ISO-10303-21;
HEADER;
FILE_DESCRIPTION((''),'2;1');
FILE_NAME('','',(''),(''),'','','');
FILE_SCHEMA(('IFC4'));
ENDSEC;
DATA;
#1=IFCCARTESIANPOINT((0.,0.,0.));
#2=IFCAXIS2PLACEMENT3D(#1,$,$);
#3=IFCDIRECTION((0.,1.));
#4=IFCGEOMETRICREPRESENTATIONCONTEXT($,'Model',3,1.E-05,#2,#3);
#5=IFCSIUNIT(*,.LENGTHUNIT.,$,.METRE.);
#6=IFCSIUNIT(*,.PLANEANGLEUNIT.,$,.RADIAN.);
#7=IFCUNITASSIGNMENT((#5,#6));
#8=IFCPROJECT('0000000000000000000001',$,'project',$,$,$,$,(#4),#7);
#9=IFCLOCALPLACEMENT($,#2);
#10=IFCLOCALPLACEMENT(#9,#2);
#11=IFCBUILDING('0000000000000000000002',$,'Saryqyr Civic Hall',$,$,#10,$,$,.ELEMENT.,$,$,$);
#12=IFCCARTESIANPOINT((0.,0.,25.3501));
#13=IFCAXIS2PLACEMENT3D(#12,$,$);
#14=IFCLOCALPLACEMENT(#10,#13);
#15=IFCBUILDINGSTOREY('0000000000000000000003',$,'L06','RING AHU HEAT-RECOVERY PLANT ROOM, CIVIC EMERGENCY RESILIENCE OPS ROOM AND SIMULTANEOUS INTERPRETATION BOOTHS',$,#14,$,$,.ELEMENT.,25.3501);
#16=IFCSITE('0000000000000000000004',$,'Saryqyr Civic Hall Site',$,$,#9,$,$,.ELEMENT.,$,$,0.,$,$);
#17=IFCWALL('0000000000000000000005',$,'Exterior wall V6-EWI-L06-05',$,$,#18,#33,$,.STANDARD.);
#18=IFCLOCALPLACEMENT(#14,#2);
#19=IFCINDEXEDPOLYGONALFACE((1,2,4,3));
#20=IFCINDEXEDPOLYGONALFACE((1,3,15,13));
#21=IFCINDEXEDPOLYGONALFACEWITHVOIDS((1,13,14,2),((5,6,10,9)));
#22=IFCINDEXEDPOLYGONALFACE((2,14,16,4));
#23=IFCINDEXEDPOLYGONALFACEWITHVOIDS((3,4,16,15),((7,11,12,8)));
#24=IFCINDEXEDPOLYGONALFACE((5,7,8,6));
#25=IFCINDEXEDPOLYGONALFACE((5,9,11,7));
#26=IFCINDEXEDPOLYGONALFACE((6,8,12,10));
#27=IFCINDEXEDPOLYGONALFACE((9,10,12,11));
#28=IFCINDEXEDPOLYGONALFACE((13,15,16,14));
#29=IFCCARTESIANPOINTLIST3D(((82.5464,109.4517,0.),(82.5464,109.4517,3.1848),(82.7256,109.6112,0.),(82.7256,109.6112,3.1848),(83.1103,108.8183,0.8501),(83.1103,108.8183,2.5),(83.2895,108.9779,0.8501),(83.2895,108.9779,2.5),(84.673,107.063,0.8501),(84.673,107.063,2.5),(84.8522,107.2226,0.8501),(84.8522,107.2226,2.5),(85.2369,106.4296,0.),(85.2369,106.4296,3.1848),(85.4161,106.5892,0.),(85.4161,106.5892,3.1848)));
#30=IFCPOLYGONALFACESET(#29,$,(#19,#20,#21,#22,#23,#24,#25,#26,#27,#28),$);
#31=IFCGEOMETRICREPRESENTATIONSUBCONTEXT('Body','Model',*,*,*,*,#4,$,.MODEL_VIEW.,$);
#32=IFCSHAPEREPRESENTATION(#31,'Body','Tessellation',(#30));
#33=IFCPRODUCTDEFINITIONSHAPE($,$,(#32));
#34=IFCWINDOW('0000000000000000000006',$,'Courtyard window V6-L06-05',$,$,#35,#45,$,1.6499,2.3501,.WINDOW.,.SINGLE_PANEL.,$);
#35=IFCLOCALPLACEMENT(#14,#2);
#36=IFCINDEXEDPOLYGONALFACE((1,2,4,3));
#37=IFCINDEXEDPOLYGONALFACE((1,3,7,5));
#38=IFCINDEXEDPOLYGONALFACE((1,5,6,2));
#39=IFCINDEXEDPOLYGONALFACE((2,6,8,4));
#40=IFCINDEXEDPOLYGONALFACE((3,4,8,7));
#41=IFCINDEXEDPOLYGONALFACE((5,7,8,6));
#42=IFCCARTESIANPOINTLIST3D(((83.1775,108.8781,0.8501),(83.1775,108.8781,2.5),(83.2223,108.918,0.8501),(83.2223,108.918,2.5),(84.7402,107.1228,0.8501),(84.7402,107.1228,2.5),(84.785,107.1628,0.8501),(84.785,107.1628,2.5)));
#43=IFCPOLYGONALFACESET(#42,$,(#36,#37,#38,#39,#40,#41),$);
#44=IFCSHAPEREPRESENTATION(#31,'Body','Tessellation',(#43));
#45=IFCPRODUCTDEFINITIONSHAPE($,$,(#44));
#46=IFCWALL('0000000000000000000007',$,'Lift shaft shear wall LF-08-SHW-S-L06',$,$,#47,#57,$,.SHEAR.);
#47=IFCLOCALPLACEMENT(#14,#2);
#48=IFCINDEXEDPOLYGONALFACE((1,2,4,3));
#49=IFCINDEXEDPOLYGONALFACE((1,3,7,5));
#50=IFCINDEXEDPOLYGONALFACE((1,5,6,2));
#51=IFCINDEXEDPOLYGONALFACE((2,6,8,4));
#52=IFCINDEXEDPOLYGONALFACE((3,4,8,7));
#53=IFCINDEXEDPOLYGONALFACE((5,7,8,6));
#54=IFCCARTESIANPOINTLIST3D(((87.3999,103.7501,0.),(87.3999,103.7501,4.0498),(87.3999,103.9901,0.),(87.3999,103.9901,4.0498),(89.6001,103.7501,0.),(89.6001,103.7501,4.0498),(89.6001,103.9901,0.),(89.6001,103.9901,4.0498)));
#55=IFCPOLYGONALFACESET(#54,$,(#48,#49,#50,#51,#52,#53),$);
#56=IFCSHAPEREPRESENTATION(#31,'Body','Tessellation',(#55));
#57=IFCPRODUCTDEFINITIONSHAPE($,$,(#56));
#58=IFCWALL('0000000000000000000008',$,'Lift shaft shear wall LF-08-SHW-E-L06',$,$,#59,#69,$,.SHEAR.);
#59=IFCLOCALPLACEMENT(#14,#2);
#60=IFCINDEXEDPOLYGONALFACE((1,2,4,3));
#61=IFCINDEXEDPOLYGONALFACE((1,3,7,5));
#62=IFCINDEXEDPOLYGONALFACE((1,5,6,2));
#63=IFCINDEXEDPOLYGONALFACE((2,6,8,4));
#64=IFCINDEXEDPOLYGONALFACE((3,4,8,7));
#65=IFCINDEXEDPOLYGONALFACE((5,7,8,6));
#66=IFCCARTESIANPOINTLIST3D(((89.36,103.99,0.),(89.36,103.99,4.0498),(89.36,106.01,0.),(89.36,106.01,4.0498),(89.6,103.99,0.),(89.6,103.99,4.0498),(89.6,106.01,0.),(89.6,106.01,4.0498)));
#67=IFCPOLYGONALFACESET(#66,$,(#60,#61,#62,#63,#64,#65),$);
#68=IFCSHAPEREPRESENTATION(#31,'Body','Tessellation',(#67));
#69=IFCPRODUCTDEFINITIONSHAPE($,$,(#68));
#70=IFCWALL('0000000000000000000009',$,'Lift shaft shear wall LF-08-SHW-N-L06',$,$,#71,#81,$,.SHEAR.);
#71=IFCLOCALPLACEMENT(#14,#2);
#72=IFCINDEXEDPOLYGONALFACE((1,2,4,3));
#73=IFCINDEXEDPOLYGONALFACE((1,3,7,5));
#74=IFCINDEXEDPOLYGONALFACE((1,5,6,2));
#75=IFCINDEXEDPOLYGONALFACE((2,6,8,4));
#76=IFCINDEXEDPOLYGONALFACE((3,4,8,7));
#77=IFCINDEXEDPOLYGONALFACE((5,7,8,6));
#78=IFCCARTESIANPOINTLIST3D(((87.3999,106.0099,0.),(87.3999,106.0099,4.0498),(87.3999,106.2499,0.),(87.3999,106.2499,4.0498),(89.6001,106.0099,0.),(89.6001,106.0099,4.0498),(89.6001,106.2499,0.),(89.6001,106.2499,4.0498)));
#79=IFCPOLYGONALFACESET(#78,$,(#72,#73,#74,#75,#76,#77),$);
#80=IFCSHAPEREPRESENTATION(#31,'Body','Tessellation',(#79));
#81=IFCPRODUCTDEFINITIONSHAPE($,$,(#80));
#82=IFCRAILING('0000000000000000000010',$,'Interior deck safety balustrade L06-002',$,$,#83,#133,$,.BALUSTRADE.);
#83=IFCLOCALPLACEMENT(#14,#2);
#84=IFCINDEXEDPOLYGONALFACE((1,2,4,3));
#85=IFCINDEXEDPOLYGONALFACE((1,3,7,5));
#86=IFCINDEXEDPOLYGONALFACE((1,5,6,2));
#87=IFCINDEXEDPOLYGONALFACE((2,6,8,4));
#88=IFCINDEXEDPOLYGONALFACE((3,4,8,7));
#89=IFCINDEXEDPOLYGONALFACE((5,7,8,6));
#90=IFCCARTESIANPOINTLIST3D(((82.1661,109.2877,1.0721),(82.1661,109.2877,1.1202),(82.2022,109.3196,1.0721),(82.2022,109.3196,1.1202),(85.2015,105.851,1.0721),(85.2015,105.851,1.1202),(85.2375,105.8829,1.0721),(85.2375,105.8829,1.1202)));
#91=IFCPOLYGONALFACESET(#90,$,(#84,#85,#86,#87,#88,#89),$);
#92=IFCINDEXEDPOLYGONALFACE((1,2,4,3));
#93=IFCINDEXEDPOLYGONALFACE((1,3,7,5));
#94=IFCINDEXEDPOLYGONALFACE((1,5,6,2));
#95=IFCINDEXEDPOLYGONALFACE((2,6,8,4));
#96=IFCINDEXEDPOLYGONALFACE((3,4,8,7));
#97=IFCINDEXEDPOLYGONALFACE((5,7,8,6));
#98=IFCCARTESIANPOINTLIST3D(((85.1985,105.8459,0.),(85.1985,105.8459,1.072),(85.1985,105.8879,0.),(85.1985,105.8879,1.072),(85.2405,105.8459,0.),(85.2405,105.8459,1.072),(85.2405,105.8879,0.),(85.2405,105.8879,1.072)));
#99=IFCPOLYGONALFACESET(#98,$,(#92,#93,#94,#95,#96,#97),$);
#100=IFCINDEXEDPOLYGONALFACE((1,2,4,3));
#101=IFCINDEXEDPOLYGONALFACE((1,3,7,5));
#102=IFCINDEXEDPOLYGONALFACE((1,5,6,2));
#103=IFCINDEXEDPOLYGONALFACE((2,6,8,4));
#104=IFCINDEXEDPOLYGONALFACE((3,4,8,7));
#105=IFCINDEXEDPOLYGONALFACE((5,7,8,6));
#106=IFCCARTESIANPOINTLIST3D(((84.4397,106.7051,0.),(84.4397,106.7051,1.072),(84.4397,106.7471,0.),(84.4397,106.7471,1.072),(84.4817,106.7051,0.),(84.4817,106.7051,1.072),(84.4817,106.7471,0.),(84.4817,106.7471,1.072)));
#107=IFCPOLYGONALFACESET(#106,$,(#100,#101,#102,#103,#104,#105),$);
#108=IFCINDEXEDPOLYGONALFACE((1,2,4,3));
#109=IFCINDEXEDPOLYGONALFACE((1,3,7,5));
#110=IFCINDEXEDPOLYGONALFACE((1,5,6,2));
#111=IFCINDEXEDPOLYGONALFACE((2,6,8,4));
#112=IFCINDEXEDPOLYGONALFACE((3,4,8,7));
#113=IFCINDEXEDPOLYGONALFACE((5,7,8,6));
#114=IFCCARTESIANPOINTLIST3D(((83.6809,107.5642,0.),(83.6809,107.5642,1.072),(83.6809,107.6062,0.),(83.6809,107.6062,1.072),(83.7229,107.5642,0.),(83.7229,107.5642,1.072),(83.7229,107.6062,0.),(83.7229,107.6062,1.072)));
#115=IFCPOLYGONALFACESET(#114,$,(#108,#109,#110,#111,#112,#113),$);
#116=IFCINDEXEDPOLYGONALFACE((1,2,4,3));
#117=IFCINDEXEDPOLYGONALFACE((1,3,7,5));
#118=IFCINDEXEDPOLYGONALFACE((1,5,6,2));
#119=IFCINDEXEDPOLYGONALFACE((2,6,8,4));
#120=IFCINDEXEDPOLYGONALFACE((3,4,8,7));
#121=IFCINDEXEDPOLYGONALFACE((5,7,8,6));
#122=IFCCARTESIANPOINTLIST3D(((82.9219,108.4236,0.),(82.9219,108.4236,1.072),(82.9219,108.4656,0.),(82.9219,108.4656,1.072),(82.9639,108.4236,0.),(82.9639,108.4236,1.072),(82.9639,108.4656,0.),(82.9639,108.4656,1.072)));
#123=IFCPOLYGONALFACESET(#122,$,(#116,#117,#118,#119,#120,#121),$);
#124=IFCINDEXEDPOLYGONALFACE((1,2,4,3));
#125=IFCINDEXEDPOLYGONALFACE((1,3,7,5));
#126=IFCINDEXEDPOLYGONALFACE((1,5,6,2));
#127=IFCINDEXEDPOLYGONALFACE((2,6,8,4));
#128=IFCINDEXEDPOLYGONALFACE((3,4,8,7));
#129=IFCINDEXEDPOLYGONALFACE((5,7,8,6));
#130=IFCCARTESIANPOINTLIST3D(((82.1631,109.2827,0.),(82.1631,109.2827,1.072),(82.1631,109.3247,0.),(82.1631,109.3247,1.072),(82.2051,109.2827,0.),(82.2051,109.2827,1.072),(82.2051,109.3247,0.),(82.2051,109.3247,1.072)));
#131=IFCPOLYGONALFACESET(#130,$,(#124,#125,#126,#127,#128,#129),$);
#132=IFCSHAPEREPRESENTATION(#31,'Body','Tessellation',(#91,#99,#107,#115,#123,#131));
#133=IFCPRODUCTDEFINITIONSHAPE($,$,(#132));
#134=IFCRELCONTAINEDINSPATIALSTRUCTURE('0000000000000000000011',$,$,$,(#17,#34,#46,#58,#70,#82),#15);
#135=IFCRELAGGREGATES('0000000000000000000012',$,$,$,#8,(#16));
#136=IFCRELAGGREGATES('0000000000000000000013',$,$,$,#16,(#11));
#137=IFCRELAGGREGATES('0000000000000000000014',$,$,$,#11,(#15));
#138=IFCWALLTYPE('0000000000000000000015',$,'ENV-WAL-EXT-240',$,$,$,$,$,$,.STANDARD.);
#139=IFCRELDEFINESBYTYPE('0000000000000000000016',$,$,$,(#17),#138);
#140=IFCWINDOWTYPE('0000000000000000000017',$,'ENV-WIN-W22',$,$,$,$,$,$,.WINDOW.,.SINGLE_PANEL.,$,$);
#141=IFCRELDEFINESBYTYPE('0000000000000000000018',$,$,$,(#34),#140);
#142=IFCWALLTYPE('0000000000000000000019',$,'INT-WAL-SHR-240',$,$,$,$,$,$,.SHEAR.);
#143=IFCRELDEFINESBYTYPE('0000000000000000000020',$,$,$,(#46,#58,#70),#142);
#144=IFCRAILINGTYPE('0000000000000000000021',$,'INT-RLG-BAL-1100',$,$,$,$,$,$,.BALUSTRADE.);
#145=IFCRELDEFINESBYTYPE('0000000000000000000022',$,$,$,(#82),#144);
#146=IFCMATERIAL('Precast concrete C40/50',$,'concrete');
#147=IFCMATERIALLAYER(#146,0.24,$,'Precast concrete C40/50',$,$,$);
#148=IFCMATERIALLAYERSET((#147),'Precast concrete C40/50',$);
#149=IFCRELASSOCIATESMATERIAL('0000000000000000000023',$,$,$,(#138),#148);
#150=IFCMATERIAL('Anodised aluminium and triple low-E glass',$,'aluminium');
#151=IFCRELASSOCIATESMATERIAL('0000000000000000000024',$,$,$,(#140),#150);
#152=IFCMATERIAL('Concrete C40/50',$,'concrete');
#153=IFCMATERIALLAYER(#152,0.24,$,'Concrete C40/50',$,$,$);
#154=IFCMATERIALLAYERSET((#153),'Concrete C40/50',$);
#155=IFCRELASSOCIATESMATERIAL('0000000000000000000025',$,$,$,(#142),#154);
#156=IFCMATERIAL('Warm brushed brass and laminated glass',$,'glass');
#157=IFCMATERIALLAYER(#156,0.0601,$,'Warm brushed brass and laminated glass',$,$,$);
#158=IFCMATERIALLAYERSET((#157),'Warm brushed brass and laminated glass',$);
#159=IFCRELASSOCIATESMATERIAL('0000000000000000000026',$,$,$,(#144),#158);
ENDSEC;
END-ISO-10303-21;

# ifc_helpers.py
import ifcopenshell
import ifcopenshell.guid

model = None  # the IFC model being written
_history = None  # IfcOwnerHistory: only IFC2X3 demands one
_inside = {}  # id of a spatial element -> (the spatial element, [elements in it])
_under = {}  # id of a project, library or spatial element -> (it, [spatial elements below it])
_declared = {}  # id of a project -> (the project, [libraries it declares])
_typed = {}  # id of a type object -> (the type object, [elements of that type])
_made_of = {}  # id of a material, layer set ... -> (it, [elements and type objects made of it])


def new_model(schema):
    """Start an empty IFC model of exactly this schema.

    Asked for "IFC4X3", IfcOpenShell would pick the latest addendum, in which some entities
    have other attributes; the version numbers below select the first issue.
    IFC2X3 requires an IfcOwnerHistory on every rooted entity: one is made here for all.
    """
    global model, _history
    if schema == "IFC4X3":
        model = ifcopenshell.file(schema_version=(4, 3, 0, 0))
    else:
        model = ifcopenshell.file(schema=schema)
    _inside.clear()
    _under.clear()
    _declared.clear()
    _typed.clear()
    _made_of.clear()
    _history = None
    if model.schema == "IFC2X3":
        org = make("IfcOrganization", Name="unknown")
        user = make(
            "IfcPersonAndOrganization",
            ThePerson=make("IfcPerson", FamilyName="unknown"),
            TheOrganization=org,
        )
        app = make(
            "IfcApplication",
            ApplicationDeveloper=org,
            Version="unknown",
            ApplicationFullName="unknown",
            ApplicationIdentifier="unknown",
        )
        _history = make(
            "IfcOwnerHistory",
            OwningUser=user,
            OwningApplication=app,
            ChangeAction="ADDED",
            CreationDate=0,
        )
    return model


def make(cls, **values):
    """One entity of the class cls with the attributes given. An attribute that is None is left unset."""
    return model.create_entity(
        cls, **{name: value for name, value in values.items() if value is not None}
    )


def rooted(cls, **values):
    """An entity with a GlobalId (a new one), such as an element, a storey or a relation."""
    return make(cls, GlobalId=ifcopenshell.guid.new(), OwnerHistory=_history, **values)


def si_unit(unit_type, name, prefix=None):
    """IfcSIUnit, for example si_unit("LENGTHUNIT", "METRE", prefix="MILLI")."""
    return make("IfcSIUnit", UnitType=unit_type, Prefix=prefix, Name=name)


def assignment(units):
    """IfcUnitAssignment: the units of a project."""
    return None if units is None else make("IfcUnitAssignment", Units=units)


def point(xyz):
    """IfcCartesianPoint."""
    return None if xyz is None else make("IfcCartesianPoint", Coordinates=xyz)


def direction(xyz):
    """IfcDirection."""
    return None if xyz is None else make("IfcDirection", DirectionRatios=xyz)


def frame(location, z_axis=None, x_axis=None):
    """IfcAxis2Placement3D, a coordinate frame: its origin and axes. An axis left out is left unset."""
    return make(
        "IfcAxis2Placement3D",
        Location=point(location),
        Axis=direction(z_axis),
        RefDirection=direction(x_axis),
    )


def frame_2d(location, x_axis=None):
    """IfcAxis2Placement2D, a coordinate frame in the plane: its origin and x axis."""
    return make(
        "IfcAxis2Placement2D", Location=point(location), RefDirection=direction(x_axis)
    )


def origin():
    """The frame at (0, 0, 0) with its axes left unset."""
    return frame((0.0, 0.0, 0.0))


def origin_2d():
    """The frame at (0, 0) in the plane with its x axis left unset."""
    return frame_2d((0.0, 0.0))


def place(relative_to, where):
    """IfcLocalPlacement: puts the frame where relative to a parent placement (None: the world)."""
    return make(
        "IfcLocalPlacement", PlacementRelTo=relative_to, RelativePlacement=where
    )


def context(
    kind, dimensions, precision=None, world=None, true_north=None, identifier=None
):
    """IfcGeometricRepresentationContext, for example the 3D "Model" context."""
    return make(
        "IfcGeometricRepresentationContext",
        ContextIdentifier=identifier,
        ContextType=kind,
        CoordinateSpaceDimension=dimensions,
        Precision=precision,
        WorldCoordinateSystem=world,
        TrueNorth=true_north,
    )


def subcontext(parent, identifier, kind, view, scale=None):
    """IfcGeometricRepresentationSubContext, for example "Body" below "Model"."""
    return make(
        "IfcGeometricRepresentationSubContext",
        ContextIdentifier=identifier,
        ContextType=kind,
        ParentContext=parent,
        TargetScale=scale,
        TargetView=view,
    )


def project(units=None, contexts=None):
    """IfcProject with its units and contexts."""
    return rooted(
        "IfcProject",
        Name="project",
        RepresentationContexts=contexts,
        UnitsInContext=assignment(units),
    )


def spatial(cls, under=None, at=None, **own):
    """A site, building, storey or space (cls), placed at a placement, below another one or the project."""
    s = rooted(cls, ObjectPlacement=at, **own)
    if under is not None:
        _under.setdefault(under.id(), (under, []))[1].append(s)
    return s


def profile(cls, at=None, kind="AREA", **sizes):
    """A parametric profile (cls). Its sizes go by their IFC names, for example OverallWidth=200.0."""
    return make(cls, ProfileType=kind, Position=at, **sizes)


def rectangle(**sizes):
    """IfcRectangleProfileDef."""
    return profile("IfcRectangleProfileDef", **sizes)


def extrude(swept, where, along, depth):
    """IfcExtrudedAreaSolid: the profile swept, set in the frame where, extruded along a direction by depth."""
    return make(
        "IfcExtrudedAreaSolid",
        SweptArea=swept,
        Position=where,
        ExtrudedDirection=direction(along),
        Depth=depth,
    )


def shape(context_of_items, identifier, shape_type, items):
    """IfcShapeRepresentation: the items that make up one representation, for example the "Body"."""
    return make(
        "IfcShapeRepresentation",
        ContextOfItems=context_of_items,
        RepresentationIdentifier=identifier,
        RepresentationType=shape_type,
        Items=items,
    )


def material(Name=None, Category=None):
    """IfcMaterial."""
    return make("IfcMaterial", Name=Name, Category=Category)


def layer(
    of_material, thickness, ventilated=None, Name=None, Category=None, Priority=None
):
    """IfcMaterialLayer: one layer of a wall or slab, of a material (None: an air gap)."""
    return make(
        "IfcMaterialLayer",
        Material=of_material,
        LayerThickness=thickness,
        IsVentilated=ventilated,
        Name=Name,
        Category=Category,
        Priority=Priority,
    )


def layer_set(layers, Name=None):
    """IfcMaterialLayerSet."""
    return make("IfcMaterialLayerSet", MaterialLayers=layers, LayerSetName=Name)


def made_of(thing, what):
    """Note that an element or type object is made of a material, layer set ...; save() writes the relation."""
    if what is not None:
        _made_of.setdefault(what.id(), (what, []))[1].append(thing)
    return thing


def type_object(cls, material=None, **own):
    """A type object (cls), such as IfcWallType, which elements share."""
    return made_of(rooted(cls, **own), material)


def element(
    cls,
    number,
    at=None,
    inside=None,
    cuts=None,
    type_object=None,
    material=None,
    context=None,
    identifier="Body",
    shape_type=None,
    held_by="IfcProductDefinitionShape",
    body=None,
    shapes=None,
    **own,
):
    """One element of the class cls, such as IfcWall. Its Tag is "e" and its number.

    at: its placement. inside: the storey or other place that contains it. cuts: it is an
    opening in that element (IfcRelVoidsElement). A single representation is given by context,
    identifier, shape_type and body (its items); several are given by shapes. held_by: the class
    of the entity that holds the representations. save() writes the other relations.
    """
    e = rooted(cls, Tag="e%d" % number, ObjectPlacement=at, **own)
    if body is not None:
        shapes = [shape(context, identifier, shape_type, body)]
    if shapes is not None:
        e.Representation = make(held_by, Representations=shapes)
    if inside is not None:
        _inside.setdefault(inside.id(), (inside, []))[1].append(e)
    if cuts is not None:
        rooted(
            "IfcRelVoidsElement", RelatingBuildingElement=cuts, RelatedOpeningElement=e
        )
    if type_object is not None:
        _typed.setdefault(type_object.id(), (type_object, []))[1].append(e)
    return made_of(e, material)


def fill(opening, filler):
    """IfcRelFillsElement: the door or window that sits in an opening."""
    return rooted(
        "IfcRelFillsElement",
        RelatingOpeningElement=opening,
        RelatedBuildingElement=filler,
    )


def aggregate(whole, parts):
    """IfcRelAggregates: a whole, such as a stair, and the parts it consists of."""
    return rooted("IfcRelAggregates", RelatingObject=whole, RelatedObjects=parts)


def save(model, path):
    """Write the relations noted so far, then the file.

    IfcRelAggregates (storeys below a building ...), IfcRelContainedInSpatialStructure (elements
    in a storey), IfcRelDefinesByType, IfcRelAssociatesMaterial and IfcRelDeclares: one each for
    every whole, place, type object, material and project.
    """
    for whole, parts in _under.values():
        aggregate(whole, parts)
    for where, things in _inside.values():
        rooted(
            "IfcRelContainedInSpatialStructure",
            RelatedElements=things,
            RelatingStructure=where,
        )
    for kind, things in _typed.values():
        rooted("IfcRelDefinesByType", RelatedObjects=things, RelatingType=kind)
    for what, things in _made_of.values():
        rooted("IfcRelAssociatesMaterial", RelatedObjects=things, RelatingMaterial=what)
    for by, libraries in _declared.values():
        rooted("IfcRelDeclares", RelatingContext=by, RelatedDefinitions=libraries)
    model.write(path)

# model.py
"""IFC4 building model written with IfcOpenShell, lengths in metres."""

from ifc_helpers import new_model, si_unit, direction, frame, frame_2d, origin, origin_2d, place, context, subcontext, project, spatial, rectangle, extrude, material, layer, layer_set, type_object, element, fill, save


model = new_model("IFC4")

# Units and contexts
model_context = context("Model", 3, precision=1e-05, world=origin(), true_north=direction((0.0, 1.0)))
body_context = subcontext(model_context, "Body", "Model", "MODEL_VIEW")
ifc_project = project(units=[si_unit("LENGTHUNIT", "METRE"), si_unit("PLANEANGLEUNIT", "RADIAN")], contexts=[model_context])

# Site, building, storey
site_placement = place(None, origin())
site = spatial("IfcSite", under=ifc_project, at=site_placement, Name="Saryqyr Civic Hall Site", CompositionType="ELEMENT", RefElevation=0.0)
building_placement = place(site_placement, origin())
building = spatial("IfcBuilding", under=site, at=building_placement, Name="Saryqyr Civic Hall", CompositionType="ELEMENT")
storey_placement = place(building_placement, frame((0.0, 0.0, 25.3501)))
storey = spatial("IfcBuildingStorey", under=building, at=storey_placement, Name="L06", Description="RING AHU HEAT-RECOVERY PLANT ROOM, CIVIC EMERGENCY RESILIENCE OPS ROOM AND SIMULTANEOUS INTERPRETATION BOOTHS", CompositionType="ELEMENT", Elevation=25.3501)

# Shared definitions
ifc_material_1 = material(Name="Concrete C40/50", Category="concrete")

# Shared definitions
ifc_material_2 = material(Name="Anodised aluminium and triple low-E glass", Category="aluminium")

# Wall, opening, window
ifc_material_3 = material(Name="Precast concrete C40/50", Category="concrete")
ifc_layer_1 = layer(ifc_material_3, 0.24, Name="Precast concrete C40/50")
ifc_layer_set_1 = layer_set([ifc_layer_1], Name="Precast concrete C40/50")
wall_type_1 = type_object("IfcWallType", Name="ENV-WAL-EXT-240", PredefinedType="STANDARD", material=ifc_layer_set_1)
wall_1_placement = place(storey_placement, frame((85.3264, 106.5095, 0.0), z_axis=(0.0, 0.0, 1.0), x_axis=(-0.664948, 0.74689, 0.0)))
wall_1 = element("IfcWall", 1, at=wall_1_placement, inside=storey, type_object=wall_type_1, Name="Exterior wall V6-EWI-L06-05", PredefinedType="STANDARD", context=body_context, shape_type="SweptSolid", body=[
    extrude(rectangle(XDim=4.0461, YDim=0.24, at=frame_2d((2.0229, 0.0))), origin(), (0.0, 0.0, 1.0), 3.1848),
])
opening_1_placement = place(wall_1_placement, frame((0.8479, 0.0, 0.8501)))
opening_1 = element("IfcOpeningElement", 2, at=opening_1_placement, cuts=wall_1, PredefinedType="OPENING", context=body_context, shape_type="SweptSolid", body=[
    extrude(rectangle(XDim=2.3501, YDim=1.6499, at=frame_2d((1.175, 0.825))), frame((0.0, 0.1299, 0.0), z_axis=(0.0, -1.0, 0.0), x_axis=(1.0, 0.0, 0.0)), (0.0, 0.0, 1.0), 0.26),
])
window_type = type_object("IfcWindowType", Name="ENV-WIN-W22", PartitioningType="SINGLE_PANEL", PredefinedType="WINDOW", material=ifc_material_2)
window_placement = place(opening_1_placement, origin())
window = element("IfcWindow", 3, at=window_placement, inside=storey, type_object=window_type, Name="Courtyard window V6-L06-05", OverallHeight=1.6499, OverallWidth=2.3501, PartitioningType="SINGLE_PANEL", PredefinedType="WINDOW", context=body_context, shape_type="SweptSolid", body=[
    extrude(rectangle(XDim=2.3501, YDim=1.6499, at=frame_2d((1.175, 0.825))), frame((0.0, 0.03, 0.0), z_axis=(0.0, -1.0, 0.0), x_axis=(1.0, 0.0, 0.0)), (0.0, 0.0, 1.0), 0.0601),
])
fill(opening_1, window)

# Walls
ifc_layer_2 = layer(ifc_material_1, 0.24, Name="Concrete C40/50")
ifc_layer_set_2 = layer_set([ifc_layer_2], Name="Concrete C40/50")
wall_type_2 = type_object("IfcWallType", Name="INT-WAL-SHR-240", PredefinedType="SHEAR", material=ifc_layer_set_2)
wall_2_placement = place(storey_placement, frame((89.6001, 103.8701, 0.0), z_axis=(0.0, 0.0, 1.0), x_axis=(-1.0, 0.0, 0.0)))
element("IfcWall", 4, at=wall_2_placement, inside=storey, type_object=wall_type_2, Name="Lift shaft shear wall LF-08-SHW-S-L06", PredefinedType="SHEAR", context=body_context, shape_type="SweptSolid", body=[
    extrude(rectangle(XDim=2.2002, YDim=0.24, at=frame_2d((1.1001, 0.0))), origin(), (0.0, 0.0, 1.0), 4.0498),
])
wall_3_placement = place(storey_placement, frame((89.48, 106.01, 0.0), z_axis=(0.0, 0.0, 1.0), x_axis=(0.0, -1.0, 0.0)))
element("IfcWall", 5, at=wall_3_placement, inside=storey, type_object=wall_type_2, Name="Lift shaft shear wall LF-08-SHW-E-L06", PredefinedType="SHEAR", context=body_context, shape_type="SweptSolid", body=[
    extrude(rectangle(XDim=2.02, YDim=0.24, at=frame_2d((1.01, 0.0))), origin(), (0.0, 0.0, 1.0), 4.0498),
])
wall_4_placement = place(storey_placement, frame((87.3999, 106.1299, 0.0), z_axis=(0.0, 0.0, 1.0), x_axis=(1.0, 0.0, 0.0)))
element("IfcWall", 6, at=wall_4_placement, inside=storey, type_object=wall_type_2, Name="Lift shaft shear wall LF-08-SHW-N-L06", PredefinedType="SHEAR", context=body_context, shape_type="SweptSolid", body=[
    extrude(rectangle(XDim=2.2002, YDim=0.24, at=frame_2d((1.1001, 0.0))), origin(), (0.0, 0.0, 1.0), 4.0498),
])

# Railing
ifc_material_4 = material(Name="Warm brushed brass and laminated glass", Category="glass")
ifc_layer_3 = layer(ifc_material_4, 0.0601, Name="Warm brushed brass and laminated glass")
ifc_layer_set_3 = layer_set([ifc_layer_3], Name="Warm brushed brass and laminated glass")
railing_type = type_object("IfcRailingType", Name="INT-RLG-BAL-1100", PredefinedType="BALUSTRADE", material=ifc_layer_set_3)
railing_placement = place(storey_placement, frame((85.2195, 105.8669, 0.0)))
element("IfcRailing", 7, at=railing_placement, inside=storey, type_object=railing_type, Name="Interior deck safety balustrade L06-002", PredefinedType="BALUSTRADE", context=body_context, shape_type="SweptSolid", body=[
    extrude(rectangle(XDim=0.0481, YDim=0.0481, at=origin_2d()), frame((0.0, 0.0, 1.0962), z_axis=(-0.661984, 0.749518, 0.0), x_axis=(-0.749518, -0.661984, 0.0)), (0.0, 0.0, 1.0), 4.5852),
    extrude(rectangle(XDim=0.042, YDim=0.042, at=origin_2d()), origin(), (0.0, 0.0, 1.0), 1.072),
    extrude(rectangle(XDim=0.042, YDim=0.042, at=origin_2d()), frame((-0.7588, 0.8591, 0.0)), (0.0, 0.0, 1.0), 1.072),
    extrude(rectangle(XDim=0.042, YDim=0.042, at=origin_2d()), frame((-1.5176, 1.7183, 0.0)), (0.0, 0.0, 1.0), 1.072),
    extrude(rectangle(XDim=0.042, YDim=0.042, at=origin_2d()), frame((-2.2766, 2.5776, 0.0)), (0.0, 0.0, 1.0), 1.072),
    extrude(rectangle(XDim=0.042, YDim=0.042, at=origin_2d()), frame((-3.0354, 3.4368, 0.0)), (0.0, 0.0, 1.0), 1.072),
])

save(model, "model.ifc")
